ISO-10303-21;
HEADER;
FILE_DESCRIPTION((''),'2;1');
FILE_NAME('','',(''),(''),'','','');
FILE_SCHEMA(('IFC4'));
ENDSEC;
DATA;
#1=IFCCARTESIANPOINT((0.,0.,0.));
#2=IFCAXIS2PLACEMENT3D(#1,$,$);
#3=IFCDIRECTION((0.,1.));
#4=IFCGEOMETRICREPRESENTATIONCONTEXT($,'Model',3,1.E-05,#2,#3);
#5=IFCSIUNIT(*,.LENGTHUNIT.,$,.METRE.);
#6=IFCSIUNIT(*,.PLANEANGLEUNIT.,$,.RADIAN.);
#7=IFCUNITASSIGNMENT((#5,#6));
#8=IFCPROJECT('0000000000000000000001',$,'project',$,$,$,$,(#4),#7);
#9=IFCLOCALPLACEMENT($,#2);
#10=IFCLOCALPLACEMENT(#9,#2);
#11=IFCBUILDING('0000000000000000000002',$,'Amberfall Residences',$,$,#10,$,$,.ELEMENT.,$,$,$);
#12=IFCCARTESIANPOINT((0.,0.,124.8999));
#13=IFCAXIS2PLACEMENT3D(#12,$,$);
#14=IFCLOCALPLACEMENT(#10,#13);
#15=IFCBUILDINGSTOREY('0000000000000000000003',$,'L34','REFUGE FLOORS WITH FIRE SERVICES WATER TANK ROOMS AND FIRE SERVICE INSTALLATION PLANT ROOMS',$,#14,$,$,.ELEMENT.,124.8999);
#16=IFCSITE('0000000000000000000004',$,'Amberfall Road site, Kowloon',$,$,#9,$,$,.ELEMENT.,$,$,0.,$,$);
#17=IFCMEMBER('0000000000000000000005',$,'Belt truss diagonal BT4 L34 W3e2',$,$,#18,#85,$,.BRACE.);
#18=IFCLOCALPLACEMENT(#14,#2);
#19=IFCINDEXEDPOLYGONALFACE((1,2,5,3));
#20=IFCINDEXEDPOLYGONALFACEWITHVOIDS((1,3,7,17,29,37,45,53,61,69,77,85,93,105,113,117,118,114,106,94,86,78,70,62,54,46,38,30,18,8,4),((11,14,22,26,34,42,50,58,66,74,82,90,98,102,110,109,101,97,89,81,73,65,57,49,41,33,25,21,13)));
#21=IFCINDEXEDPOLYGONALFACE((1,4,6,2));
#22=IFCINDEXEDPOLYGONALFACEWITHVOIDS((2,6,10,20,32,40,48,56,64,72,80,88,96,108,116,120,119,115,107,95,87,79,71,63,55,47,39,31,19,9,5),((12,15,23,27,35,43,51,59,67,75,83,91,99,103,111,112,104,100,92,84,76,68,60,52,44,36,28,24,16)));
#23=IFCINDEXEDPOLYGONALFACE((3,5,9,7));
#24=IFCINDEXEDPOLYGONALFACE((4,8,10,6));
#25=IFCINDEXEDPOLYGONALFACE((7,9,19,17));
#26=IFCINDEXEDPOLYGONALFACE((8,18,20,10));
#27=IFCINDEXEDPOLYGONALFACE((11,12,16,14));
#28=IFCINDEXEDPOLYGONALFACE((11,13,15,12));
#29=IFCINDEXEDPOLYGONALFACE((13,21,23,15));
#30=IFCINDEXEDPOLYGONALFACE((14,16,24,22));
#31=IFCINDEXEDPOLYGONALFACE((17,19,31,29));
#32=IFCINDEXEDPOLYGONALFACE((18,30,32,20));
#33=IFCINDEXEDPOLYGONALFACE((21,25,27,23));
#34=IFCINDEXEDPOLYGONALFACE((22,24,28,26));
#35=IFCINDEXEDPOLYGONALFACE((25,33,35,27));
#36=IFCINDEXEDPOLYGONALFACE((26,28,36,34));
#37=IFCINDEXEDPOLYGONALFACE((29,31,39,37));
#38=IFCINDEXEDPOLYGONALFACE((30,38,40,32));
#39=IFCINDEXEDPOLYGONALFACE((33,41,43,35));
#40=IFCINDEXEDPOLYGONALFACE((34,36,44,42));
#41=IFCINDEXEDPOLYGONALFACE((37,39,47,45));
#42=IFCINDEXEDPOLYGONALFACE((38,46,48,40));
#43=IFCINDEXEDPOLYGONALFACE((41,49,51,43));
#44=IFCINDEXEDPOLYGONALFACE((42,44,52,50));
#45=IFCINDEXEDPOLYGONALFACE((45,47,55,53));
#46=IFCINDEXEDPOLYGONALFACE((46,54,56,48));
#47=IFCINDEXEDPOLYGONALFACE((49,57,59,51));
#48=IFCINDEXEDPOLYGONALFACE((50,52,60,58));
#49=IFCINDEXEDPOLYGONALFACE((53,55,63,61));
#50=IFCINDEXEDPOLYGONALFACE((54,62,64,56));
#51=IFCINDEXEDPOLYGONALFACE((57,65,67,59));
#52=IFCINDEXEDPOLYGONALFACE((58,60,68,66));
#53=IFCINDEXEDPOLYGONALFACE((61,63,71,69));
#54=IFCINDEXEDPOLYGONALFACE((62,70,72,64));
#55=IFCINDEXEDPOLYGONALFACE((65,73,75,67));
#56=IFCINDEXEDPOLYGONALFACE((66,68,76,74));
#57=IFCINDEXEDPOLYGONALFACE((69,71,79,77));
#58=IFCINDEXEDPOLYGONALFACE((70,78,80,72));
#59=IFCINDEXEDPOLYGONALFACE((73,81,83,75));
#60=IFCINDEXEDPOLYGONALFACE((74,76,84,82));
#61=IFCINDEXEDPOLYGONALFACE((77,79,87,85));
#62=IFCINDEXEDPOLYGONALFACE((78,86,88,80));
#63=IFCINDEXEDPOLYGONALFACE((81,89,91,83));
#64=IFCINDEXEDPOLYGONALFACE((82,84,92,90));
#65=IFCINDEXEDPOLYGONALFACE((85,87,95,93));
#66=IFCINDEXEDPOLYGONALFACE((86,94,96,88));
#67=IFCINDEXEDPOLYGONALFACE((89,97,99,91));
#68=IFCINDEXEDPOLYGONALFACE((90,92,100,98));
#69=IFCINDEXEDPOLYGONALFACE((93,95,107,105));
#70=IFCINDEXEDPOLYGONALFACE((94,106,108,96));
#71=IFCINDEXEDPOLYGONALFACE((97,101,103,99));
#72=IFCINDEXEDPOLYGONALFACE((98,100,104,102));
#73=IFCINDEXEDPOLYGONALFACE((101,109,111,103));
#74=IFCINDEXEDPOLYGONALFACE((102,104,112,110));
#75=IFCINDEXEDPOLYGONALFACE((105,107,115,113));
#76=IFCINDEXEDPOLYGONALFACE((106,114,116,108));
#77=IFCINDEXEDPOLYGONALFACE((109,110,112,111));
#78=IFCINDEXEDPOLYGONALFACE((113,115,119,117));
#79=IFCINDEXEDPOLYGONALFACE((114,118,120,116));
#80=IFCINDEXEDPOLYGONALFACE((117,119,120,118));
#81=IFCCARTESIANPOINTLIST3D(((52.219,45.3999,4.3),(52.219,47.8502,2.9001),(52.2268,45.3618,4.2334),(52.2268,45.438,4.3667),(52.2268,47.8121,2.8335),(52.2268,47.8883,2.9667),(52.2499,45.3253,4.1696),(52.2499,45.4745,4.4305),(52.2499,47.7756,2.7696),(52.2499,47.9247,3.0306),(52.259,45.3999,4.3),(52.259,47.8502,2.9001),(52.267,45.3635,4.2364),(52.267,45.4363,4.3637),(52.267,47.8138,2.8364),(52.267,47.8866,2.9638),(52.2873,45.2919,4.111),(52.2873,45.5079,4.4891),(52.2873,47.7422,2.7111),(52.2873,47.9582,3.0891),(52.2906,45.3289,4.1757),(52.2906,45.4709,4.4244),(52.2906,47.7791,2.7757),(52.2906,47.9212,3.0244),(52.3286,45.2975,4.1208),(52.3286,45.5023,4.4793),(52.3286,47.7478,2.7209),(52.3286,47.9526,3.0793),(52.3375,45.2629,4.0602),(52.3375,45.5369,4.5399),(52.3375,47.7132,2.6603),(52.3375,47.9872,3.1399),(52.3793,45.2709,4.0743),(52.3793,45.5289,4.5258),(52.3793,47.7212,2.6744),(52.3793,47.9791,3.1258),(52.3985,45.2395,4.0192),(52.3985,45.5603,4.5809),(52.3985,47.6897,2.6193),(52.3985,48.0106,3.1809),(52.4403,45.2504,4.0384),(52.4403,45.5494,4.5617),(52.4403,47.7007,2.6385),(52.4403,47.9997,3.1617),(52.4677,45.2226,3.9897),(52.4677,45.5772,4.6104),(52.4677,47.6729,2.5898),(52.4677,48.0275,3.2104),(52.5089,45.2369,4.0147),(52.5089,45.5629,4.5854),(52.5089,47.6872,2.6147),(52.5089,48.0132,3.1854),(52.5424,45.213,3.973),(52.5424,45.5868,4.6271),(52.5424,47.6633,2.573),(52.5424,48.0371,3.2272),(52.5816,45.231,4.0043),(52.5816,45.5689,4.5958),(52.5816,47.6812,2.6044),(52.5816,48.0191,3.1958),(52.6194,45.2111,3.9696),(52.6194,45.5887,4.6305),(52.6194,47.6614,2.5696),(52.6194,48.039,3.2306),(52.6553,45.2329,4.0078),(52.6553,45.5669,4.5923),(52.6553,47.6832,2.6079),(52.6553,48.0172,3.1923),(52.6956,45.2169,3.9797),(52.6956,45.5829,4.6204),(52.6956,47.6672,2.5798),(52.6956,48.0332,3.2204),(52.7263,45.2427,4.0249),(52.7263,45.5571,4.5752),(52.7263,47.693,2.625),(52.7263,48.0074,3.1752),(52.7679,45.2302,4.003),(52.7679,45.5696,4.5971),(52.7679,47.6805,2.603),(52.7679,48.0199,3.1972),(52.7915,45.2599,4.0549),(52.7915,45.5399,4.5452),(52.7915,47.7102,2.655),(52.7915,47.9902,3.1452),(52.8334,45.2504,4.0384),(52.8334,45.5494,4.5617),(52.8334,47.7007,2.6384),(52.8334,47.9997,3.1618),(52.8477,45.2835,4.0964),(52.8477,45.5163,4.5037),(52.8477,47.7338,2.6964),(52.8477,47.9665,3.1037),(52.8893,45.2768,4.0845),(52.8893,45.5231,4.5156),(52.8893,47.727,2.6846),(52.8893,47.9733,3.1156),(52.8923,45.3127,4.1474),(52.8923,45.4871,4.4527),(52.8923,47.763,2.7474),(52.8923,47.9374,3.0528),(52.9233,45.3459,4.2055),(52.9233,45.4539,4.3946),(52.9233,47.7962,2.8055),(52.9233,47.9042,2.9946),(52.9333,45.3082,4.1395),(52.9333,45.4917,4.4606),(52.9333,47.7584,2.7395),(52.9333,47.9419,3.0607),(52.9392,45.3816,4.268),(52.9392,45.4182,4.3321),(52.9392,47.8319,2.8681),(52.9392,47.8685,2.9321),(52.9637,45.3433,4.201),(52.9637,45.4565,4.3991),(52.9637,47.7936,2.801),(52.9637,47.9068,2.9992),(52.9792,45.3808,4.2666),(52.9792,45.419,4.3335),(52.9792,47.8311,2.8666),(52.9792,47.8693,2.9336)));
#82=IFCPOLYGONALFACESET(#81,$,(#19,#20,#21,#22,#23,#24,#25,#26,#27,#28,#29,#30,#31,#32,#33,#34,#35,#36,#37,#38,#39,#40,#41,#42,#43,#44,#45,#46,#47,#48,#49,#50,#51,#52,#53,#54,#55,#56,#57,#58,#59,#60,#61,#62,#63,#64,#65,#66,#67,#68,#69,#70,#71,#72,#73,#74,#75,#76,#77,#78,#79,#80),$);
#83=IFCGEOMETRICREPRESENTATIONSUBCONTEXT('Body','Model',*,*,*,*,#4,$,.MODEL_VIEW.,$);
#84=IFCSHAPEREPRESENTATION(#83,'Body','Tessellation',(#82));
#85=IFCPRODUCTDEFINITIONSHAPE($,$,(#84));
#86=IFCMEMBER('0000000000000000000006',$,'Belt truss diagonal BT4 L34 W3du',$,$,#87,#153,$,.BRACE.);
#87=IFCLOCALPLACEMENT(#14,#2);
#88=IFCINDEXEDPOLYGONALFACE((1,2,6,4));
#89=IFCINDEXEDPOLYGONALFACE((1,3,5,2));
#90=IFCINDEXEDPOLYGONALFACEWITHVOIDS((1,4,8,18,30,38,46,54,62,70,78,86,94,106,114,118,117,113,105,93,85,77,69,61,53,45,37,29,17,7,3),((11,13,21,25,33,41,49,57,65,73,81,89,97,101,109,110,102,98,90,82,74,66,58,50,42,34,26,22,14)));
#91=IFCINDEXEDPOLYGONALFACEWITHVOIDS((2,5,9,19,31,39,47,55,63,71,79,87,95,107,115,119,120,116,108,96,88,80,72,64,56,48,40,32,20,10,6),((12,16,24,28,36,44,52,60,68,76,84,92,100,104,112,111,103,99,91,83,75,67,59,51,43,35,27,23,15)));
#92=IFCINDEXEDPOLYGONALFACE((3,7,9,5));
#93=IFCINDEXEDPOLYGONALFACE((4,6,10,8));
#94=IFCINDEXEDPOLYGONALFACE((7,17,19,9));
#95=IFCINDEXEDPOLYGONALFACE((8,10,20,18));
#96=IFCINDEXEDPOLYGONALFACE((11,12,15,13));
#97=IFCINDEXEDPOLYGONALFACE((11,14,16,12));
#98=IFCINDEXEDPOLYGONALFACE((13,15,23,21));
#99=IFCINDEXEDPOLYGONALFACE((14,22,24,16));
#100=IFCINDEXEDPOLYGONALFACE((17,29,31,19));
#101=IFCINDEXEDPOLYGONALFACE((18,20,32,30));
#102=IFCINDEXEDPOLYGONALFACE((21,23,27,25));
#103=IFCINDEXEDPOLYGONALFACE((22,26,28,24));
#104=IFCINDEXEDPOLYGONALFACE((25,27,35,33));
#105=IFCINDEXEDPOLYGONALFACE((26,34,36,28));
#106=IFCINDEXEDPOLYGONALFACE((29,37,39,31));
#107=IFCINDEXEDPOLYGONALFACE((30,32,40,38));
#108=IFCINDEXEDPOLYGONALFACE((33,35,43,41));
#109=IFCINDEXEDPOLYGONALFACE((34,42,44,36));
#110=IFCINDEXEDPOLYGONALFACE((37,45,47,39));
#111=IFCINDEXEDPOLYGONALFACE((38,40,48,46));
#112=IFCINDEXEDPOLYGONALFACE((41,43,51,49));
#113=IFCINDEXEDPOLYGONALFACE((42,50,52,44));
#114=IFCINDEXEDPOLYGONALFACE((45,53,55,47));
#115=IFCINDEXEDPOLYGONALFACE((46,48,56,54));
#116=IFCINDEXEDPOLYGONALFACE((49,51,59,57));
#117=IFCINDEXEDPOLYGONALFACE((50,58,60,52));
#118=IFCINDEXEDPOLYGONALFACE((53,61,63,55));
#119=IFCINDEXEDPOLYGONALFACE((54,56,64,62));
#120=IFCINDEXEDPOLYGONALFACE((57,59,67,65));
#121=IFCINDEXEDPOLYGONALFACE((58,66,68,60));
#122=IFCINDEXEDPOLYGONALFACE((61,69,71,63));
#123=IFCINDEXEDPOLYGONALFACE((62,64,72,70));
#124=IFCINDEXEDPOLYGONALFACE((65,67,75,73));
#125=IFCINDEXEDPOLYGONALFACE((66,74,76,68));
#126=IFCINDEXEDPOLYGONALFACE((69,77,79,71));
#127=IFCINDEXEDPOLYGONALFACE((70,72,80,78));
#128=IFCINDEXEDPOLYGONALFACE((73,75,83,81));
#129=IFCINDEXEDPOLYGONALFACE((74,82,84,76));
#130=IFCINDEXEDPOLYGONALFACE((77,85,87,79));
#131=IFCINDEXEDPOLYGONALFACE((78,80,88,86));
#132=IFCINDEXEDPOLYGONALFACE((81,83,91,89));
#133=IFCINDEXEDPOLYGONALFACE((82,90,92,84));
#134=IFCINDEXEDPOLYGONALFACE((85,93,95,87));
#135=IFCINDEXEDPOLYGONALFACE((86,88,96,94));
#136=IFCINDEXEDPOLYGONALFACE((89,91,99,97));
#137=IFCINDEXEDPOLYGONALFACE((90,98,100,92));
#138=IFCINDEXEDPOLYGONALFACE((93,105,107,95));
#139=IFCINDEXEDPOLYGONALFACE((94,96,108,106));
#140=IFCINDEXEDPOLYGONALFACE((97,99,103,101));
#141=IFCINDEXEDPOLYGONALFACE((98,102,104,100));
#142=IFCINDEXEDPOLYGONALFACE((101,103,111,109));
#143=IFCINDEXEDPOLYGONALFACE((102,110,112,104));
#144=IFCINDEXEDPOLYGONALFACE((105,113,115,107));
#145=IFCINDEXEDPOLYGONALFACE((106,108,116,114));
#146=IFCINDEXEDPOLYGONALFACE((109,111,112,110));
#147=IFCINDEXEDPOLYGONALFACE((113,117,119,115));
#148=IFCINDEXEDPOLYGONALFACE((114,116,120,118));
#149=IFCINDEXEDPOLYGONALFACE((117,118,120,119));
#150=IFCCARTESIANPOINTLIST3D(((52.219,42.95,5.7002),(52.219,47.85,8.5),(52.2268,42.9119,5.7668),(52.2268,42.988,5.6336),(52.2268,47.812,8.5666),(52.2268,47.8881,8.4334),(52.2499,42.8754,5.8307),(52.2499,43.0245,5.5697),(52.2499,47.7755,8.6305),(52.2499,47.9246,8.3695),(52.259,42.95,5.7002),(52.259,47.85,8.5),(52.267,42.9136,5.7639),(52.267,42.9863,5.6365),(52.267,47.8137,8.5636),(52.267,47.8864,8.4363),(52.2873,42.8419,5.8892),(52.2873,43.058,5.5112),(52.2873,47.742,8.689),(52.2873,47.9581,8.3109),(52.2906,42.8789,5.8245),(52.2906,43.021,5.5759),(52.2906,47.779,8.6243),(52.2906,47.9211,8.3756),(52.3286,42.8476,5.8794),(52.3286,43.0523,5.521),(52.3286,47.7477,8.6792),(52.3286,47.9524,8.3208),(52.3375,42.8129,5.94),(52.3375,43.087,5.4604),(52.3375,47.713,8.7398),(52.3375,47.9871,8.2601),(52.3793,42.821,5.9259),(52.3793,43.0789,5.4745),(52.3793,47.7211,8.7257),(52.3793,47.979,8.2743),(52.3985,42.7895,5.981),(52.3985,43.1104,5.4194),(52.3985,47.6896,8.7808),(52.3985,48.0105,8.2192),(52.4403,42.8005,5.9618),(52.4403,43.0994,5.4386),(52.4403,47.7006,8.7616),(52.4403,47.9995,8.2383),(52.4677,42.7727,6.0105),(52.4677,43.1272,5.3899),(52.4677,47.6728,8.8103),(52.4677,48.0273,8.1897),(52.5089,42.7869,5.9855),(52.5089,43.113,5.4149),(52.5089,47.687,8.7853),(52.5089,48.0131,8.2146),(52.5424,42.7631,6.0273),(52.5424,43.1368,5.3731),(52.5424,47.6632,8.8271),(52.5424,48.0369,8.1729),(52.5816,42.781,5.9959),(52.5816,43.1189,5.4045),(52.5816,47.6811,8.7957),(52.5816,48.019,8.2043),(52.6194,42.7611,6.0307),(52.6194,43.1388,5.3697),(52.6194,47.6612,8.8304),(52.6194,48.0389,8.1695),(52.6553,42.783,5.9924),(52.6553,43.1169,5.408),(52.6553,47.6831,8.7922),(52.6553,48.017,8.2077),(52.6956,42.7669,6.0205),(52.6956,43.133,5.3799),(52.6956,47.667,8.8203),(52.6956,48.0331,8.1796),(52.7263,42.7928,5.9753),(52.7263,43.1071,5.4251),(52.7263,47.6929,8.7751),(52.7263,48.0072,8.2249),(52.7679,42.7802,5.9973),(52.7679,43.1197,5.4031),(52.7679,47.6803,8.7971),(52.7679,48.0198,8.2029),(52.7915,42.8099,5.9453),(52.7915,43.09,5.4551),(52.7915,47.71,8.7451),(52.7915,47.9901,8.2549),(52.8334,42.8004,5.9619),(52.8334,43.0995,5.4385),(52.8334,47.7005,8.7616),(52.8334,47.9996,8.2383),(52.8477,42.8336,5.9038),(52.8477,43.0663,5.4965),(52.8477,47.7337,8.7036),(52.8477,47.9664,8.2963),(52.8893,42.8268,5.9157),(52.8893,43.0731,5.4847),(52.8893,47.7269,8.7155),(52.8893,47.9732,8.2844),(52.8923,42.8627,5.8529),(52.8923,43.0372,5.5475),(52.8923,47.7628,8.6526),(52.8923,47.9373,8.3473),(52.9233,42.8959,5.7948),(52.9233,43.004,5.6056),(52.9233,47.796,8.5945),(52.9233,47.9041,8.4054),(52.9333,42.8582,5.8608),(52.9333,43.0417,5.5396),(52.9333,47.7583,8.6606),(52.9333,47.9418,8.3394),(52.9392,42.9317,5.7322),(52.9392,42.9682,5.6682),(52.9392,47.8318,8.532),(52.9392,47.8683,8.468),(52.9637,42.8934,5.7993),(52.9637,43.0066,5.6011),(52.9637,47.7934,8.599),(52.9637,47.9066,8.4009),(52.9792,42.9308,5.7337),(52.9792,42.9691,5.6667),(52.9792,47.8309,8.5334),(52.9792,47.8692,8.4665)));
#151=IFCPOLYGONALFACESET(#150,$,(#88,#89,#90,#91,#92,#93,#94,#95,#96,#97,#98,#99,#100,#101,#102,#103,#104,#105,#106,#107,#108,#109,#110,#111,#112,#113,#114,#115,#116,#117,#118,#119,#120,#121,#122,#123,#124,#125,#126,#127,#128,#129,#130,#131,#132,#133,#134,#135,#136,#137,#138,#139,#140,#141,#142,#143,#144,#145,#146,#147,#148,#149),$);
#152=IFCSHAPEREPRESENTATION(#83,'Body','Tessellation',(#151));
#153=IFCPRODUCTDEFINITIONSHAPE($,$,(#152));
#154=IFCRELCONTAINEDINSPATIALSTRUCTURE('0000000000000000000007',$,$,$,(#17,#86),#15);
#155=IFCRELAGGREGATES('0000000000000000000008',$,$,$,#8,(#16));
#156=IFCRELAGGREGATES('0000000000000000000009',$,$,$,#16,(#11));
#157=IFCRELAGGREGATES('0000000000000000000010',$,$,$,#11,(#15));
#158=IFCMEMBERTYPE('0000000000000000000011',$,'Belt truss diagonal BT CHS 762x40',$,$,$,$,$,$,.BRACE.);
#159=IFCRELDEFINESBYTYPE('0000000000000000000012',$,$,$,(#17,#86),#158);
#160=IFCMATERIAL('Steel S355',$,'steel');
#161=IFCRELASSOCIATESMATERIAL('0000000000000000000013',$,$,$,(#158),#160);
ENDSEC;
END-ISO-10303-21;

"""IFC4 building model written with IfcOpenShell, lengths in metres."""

from ifc_helpers import new_model, si_unit, direction, frame, origin, origin_2d, place, context, subcontext, project, spatial, hollow_circle, extrude, material, material_profile, profile_set, type_object, element, save


model = new_model("IFC4")

# Units and contexts
model_context = context("Model", 3, precision=1e-05, world=origin(), true_north=direction((0.0, 1.0)))
body_context = subcontext(model_context, "Body", "Model", "MODEL_VIEW")
ifc_project = project(units=[si_unit("LENGTHUNIT", "METRE"), si_unit("PLANEANGLEUNIT", "RADIAN")], contexts=[model_context])

# Site, building, storey
site_placement = place(None, origin())
site = spatial("IfcSite", under=ifc_project, at=site_placement, Name="Amberfall Road site, Kowloon", CompositionType="ELEMENT", RefElevation=0.0)
building_placement = place(site_placement, origin())
building = spatial("IfcBuilding", under=site, at=building_placement, Name="Amberfall Residences", CompositionType="ELEMENT")
storey_placement = place(building_placement, frame((0.0, 0.0, 124.8999)))
storey = spatial("IfcBuildingStorey", under=building, at=storey_placement, Name="L34", Description="REFUGE FLOORS WITH FIRE SERVICES WATER TANK ROOMS AND FIRE SERVICE INSTALLATION PLANT ROOMS", CompositionType="ELEMENT", Elevation=124.8999)

# Shared definitions
ifc_material_1 = material(Name="Steel S355", Category="steel")

# Members
ifc_material_profile_1 = material_profile(ifc_material_1, hollow_circle(Radius=0.3811, WallThickness=0.04, at=origin_2d()), Name="CHS 762x40")
ifc_profile_set_1 = profile_set([ifc_material_profile_1], Name="Steel S355")
member_type_1 = type_object("IfcMemberType", Name="Belt truss diagonal BT CHS 762x40", PredefinedType="BRACE", material=ifc_profile_set_1)
member_1_placement = place(storey_placement, frame((52.6001, 45.3999, 4.3), z_axis=(0.0, 0.868275, -0.496083), x_axis=(-1.0, 0.0, 0.0)))
element("IfcMember", 1, at=member_1_placement, inside=storey, type_object=member_type_1, Name="Belt truss diagonal BT4 L34 W3e2", PredefinedType="BRACE", context=body_context, shape_type="SweptSolid", body=[
    extrude(hollow_circle(Radius=0.3811, WallThickness=0.04, at=origin_2d()), origin(), (0.0, 0.0, 1.0), 2.822),
])
member_2_placement = place(storey_placement, frame((52.6001, 42.95, 5.7002), z_axis=(0.0, 0.868264, 0.496102), x_axis=(-1.0, 0.0, 0.0)))
element("IfcMember", 2, at=member_2_placement, inside=storey, type_object=member_type_1, Name="Belt truss diagonal BT4 L34 W3du", PredefinedType="BRACE", context=body_context, shape_type="SweptSolid", body=[
    extrude(hollow_circle(Radius=0.3811, WallThickness=0.04, at=origin_2d()), origin(), (0.0, 0.0, 1.0), 5.6436),
])

save(model, "model.ifc")
